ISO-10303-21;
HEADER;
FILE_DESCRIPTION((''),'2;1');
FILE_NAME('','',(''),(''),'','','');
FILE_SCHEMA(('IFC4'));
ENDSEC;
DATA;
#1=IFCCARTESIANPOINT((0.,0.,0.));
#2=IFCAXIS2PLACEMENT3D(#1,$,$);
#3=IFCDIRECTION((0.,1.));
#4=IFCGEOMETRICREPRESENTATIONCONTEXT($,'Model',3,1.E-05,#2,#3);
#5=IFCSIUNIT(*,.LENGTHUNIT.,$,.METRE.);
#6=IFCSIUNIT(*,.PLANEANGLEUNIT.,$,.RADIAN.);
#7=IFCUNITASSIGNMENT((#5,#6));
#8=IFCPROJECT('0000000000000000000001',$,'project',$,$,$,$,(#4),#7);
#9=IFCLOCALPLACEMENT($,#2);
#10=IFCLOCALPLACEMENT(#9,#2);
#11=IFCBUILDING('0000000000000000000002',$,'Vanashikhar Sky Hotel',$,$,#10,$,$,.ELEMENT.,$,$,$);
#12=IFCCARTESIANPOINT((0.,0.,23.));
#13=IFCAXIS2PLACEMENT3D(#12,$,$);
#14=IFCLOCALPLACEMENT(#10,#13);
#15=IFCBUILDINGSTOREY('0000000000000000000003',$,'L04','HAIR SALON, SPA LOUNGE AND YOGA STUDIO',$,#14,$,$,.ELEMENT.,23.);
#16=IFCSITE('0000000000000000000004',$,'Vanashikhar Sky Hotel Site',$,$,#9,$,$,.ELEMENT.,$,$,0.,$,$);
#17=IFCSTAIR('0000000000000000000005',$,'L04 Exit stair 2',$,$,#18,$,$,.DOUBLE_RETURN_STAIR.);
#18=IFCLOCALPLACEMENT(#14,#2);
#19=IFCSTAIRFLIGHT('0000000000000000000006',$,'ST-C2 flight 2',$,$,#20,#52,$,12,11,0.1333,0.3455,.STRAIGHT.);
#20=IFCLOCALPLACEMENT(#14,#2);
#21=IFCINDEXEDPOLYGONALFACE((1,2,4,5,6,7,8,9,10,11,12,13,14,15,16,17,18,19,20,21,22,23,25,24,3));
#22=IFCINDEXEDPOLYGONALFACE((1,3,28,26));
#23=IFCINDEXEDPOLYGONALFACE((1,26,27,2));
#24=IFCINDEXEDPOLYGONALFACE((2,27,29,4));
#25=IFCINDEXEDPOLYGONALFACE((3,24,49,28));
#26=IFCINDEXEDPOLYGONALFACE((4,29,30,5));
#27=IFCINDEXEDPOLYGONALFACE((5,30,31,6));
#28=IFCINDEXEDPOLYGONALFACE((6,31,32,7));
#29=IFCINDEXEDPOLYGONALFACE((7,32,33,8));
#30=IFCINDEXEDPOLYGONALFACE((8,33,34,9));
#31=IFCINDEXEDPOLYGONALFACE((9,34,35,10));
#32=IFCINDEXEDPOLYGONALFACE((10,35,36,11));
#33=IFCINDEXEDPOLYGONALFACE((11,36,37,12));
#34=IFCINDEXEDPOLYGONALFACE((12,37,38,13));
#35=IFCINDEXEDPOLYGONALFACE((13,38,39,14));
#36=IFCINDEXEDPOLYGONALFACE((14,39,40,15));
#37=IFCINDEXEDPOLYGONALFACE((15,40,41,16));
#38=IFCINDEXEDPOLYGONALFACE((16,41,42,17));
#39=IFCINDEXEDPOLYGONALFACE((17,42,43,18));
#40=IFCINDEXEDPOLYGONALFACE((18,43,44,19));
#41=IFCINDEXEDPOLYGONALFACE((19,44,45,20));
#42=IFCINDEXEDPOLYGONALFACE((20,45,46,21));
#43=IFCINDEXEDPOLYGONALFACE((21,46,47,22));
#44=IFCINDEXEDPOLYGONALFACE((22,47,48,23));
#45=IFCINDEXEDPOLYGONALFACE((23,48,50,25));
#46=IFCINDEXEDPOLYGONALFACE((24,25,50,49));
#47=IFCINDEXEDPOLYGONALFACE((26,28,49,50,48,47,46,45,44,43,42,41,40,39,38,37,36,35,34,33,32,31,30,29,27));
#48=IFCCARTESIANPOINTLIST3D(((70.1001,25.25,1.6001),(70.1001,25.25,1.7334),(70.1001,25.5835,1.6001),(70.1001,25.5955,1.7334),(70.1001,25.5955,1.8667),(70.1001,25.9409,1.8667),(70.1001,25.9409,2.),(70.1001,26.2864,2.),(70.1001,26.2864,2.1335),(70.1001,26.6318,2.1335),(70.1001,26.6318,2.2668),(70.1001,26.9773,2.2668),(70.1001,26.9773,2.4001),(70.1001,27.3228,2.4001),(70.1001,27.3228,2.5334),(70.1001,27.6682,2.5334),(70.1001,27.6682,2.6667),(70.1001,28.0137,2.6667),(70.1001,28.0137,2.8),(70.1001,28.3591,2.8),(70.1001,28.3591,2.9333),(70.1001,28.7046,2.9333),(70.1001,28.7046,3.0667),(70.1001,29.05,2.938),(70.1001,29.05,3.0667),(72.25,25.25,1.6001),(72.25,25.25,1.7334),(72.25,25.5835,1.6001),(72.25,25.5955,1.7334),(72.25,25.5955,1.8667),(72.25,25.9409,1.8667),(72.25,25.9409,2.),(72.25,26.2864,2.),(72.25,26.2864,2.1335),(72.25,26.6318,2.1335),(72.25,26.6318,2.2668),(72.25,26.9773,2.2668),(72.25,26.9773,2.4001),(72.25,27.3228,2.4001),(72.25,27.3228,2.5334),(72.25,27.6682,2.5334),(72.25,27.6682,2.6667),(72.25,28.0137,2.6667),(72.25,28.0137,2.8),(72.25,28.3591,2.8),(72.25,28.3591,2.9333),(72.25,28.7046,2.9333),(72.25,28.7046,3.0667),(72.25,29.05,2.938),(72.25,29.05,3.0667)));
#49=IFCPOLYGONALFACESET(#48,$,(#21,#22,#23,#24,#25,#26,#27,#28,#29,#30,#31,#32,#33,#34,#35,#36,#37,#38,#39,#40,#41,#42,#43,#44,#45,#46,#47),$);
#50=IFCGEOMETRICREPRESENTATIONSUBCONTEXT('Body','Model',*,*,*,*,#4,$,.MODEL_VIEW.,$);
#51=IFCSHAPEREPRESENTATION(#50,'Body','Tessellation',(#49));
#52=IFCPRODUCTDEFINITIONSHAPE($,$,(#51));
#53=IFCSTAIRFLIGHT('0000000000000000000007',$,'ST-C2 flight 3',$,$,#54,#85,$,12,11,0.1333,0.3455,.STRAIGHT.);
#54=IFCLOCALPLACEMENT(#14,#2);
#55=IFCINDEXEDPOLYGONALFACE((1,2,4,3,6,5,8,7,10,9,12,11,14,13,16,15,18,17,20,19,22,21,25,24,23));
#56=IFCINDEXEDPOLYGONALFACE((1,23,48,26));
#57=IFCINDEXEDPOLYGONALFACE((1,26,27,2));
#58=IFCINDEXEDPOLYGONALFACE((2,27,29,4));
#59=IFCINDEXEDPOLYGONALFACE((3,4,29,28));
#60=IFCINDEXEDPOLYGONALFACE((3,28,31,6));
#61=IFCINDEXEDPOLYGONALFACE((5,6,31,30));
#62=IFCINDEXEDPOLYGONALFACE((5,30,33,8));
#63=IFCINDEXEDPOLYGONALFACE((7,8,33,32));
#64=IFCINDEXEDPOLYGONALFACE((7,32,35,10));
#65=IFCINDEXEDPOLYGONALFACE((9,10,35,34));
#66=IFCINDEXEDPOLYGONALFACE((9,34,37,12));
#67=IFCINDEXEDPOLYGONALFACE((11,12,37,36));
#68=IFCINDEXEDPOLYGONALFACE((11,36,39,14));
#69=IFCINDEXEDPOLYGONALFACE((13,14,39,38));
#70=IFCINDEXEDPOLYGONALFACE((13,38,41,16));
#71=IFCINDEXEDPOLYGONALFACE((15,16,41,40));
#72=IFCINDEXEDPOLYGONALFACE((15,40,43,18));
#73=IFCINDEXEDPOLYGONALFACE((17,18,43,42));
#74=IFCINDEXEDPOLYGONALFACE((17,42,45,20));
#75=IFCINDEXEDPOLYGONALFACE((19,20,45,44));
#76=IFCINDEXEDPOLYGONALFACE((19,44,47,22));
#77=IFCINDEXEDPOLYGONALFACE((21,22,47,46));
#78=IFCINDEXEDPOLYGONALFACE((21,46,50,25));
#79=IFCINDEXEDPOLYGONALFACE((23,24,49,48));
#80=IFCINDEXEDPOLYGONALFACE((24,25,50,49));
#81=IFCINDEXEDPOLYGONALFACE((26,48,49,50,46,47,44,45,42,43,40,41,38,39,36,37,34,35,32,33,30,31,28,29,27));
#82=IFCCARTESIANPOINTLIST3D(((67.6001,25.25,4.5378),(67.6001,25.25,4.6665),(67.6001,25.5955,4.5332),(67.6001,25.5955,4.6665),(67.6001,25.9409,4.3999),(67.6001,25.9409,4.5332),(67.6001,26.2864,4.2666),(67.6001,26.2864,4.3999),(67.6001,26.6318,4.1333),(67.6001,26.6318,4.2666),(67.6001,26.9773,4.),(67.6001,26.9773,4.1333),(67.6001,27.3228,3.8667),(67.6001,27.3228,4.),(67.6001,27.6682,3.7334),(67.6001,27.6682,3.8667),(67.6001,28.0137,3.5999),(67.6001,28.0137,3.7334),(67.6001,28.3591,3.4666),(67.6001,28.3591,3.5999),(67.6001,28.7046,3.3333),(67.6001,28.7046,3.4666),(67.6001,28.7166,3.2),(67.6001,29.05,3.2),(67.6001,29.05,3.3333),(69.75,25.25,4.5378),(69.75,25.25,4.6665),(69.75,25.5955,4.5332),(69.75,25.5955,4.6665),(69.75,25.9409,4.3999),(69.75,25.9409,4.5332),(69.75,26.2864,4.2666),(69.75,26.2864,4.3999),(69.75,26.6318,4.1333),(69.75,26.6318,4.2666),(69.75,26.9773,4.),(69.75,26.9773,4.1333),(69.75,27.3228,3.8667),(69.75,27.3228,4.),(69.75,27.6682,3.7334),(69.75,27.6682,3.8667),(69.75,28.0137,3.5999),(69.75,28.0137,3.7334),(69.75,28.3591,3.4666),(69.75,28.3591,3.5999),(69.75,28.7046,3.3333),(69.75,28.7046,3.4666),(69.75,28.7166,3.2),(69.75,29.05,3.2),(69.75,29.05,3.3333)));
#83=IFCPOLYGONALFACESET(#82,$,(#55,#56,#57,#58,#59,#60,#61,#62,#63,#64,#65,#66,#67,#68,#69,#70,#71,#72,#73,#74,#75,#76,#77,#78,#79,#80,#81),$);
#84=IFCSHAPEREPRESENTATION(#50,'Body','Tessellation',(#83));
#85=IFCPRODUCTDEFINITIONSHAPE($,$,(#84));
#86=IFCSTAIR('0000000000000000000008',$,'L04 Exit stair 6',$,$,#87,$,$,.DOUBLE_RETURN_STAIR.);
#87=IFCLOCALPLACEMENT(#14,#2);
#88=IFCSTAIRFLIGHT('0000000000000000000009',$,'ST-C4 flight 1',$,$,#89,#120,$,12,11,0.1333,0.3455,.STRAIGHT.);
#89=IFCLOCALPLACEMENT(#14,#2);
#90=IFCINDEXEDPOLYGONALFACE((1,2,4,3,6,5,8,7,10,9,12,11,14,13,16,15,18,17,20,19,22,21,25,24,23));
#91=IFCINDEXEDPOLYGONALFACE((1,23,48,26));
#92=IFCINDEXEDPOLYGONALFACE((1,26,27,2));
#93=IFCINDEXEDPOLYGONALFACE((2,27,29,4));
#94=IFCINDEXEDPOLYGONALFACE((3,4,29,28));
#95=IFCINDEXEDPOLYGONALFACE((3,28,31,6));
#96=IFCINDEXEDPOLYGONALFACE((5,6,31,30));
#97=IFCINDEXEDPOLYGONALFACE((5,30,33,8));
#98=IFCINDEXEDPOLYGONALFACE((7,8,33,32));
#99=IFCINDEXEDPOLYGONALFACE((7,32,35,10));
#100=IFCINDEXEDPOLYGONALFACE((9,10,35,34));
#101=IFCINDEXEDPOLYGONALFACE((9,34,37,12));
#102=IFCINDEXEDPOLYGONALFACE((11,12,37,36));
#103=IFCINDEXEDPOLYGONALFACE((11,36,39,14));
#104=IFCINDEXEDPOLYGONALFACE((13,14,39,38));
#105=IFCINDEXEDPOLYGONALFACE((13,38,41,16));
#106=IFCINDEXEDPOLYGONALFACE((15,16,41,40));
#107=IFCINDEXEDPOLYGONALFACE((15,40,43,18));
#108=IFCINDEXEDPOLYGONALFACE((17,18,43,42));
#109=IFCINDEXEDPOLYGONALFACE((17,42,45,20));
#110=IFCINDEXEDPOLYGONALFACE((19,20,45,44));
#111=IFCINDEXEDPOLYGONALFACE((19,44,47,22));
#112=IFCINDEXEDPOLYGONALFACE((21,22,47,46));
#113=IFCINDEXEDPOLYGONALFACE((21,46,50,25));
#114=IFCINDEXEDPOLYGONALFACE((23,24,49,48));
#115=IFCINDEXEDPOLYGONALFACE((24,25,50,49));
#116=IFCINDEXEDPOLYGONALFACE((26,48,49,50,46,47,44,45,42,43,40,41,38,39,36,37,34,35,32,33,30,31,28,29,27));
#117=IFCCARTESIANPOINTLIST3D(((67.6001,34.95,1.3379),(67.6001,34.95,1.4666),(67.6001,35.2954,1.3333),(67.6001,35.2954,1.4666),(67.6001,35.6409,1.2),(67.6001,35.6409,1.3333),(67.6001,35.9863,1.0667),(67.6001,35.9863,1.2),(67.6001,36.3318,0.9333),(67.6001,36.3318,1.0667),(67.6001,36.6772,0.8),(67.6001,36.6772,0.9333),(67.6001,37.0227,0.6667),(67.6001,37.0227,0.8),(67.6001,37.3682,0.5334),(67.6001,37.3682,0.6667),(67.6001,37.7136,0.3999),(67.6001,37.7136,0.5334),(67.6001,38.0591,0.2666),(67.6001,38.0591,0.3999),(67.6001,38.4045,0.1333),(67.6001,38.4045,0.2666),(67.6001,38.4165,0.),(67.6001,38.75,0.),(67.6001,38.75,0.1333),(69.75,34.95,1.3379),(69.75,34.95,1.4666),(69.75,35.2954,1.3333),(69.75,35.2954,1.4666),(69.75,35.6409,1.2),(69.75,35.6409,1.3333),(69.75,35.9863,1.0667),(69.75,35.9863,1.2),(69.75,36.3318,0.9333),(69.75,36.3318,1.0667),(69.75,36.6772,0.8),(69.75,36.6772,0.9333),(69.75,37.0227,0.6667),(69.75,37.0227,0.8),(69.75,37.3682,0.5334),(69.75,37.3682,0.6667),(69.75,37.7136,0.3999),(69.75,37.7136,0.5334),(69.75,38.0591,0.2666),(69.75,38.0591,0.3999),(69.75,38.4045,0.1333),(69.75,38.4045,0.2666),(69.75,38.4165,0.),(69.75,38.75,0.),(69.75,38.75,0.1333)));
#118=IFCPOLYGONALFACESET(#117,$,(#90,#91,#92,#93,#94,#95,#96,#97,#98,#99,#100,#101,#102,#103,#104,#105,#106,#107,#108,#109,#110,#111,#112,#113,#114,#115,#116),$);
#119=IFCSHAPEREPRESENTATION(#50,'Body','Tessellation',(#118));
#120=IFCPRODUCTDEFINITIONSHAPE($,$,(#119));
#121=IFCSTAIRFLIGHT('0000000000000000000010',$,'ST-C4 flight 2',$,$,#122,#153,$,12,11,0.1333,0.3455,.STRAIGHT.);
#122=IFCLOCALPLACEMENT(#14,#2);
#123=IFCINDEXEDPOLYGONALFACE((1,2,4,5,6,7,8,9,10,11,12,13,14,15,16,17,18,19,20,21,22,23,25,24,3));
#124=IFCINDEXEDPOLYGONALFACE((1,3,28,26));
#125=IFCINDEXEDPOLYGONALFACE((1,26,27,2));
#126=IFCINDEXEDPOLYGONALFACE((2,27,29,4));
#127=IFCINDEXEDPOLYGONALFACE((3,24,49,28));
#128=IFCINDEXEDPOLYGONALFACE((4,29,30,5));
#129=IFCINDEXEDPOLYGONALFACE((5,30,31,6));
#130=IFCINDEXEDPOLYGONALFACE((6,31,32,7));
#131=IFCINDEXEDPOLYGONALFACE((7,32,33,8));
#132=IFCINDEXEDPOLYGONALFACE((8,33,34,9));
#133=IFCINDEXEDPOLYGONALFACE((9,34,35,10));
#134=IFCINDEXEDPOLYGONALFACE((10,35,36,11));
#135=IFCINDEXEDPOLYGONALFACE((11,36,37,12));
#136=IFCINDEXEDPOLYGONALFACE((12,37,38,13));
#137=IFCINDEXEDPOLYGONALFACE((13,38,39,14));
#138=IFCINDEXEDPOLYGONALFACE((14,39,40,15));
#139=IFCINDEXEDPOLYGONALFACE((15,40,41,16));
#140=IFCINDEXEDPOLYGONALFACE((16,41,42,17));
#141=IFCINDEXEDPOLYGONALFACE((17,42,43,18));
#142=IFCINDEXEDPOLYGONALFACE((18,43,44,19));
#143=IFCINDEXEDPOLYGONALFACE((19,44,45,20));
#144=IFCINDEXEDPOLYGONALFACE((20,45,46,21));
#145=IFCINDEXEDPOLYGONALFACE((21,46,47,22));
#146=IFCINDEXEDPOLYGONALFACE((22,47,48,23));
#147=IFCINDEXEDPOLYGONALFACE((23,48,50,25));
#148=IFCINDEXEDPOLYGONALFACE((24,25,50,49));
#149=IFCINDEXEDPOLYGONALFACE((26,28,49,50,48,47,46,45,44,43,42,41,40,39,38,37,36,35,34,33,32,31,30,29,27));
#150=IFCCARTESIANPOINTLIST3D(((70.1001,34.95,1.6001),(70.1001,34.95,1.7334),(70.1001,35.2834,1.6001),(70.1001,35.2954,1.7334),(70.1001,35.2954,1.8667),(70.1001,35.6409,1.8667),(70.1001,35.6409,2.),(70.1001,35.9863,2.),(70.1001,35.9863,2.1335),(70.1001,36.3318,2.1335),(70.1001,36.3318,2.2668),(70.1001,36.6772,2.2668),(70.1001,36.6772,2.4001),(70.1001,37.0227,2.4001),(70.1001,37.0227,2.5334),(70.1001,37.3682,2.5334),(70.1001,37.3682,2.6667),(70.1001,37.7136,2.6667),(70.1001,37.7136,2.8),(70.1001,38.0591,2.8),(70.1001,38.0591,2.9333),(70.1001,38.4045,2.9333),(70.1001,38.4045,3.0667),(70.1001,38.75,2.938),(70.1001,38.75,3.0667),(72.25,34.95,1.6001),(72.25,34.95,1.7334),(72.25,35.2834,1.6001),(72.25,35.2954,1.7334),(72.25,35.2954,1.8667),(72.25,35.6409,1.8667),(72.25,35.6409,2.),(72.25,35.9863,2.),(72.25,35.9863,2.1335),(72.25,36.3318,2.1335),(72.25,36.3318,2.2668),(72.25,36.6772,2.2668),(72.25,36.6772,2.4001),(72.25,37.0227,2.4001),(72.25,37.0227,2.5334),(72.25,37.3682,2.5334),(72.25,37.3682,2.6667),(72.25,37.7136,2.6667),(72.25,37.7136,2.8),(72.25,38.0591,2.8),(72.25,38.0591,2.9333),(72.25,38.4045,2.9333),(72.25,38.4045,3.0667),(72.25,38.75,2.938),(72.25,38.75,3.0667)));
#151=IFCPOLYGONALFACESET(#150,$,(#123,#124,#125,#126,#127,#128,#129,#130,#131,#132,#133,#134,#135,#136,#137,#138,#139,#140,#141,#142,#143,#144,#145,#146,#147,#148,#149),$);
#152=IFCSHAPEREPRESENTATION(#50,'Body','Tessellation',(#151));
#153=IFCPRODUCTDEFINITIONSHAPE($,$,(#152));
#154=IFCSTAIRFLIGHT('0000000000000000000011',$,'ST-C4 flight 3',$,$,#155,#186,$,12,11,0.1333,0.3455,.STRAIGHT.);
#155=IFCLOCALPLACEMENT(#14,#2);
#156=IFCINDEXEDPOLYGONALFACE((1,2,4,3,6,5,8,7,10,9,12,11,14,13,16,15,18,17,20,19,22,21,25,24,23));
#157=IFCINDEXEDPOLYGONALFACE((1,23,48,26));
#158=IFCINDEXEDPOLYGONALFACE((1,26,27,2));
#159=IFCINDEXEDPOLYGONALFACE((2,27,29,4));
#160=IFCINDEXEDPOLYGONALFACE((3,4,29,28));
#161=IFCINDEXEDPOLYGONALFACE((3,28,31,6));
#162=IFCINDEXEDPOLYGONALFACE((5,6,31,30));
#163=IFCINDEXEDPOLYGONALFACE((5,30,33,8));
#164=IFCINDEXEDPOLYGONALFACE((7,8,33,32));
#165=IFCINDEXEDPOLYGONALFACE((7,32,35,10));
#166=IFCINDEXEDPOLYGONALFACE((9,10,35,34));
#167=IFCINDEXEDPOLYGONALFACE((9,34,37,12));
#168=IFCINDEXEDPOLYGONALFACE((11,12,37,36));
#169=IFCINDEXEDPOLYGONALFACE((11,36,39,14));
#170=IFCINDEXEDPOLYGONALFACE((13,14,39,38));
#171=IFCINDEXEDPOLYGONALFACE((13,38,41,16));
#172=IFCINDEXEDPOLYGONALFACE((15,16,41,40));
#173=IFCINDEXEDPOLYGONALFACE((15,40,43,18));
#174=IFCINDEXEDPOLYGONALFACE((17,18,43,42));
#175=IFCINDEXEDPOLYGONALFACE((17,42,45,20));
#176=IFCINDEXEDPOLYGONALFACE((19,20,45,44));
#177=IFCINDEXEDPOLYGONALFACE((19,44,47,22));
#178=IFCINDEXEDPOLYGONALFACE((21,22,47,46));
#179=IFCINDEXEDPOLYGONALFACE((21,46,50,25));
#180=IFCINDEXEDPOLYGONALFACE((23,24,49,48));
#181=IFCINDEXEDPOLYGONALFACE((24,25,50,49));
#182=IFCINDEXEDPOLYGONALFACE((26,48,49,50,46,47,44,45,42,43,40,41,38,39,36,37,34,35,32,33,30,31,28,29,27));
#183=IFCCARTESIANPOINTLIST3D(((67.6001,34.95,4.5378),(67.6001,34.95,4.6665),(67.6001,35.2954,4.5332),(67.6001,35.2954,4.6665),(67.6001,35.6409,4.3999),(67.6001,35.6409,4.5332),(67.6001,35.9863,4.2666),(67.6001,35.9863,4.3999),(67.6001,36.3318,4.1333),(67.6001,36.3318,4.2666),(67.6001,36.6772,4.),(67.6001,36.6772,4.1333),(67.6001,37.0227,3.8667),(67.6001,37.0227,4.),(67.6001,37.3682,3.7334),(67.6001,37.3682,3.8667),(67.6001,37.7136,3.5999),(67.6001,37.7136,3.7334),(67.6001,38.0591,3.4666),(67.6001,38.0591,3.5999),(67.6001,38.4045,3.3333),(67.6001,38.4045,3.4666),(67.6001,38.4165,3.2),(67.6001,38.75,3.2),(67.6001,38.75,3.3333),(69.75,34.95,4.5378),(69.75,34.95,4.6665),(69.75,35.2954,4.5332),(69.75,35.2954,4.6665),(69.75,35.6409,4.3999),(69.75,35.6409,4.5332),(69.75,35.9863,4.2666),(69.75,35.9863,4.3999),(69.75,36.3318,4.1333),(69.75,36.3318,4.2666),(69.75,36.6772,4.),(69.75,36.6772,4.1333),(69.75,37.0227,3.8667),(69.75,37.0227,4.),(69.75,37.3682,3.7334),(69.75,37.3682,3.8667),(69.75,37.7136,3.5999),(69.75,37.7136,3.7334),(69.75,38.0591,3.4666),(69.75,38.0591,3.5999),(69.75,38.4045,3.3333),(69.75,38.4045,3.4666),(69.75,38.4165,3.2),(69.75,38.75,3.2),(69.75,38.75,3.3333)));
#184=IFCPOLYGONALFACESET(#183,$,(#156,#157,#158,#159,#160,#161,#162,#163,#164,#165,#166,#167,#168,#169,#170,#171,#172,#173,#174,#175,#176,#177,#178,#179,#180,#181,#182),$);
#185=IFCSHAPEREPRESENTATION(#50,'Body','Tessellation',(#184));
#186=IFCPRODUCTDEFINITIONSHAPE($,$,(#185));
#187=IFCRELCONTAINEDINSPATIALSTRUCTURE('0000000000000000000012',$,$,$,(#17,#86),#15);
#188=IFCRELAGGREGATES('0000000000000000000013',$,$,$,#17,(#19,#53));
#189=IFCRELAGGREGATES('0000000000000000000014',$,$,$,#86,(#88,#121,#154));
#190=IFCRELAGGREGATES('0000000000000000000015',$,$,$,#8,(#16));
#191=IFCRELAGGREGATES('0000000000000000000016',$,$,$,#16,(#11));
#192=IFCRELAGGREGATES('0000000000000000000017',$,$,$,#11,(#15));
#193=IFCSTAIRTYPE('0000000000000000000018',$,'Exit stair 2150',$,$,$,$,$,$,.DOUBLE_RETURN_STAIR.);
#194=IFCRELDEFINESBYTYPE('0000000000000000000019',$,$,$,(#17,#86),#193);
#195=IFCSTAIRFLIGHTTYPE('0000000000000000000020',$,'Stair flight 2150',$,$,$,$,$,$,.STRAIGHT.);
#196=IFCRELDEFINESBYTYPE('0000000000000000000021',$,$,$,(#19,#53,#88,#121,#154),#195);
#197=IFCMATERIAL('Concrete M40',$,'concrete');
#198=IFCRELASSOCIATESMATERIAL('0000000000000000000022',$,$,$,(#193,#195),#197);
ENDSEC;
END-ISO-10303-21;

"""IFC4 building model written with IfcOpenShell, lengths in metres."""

from ifc_helpers import new_model, si_unit, direction, frame, origin, place, context, subcontext, project, spatial, polyline, outline, extrude, source, transform, mapped, material, type_object, element, aggregate, save


model = new_model("IFC4")

# Units and contexts
model_context = context("Model", 3, precision=1e-05, world=origin(), true_north=direction((0.0, 1.0)))
body_context = subcontext(model_context, "Body", "Model", "MODEL_VIEW")
ifc_project = project(units=[si_unit("LENGTHUNIT", "METRE"), si_unit("PLANEANGLEUNIT", "RADIAN")], contexts=[model_context])

# Site, building, storey
site_placement = place(None, origin())
site = spatial("IfcSite", under=ifc_project, at=site_placement, Name="Vanashikhar Sky Hotel Site", CompositionType="ELEMENT", RefElevation=0.0)
building_placement = place(site_placement, origin())
building = spatial("IfcBuilding", under=site, at=building_placement, Name="Vanashikhar Sky Hotel", CompositionType="ELEMENT")
storey_placement = place(building_placement, frame((0.0, 0.0, 23.0)))
storey = spatial("IfcBuildingStorey", under=building, at=storey_placement, Name="L04", Description="HAIR SALON, SPA LOUNGE AND YOGA STUDIO", CompositionType="ELEMENT", Elevation=23.0)

# Stairs, stair flights
ifc_material_1 = material(Name="Concrete M40", Category="concrete")
stair_type = type_object("IfcStairType", Name="Exit stair 2150", PredefinedType="DOUBLE_RETURN_STAIR", material=ifc_material_1)
stair_1_placement = place(storey_placement, origin())
stair_1 = element("IfcStair", 1, at=stair_1_placement, inside=storey, type_object=stair_type, Name="L04 Exit stair 2", PredefinedType="DOUBLE_RETURN_STAIR")
stair_flight_type = type_object("IfcStairFlightType", Name="Stair flight 2150", PredefinedType="STRAIGHT", material=ifc_material_1)
shared_shape_1 = source(origin(), body_context, "Body", "SweptSolid", [
    extrude(outline(polyline([(0.0, 0.0), (0.0, 0.1333), (0.3455, 0.1333), (0.3455, 0.2666), (0.6909, 0.2666), (0.6909, 0.3999), (1.0364, 0.3999), (1.0364, 0.5334), (1.3818, 0.5334), (1.3818, 0.6667), (1.7273, 0.6667), (1.7273, 0.8), (2.0728, 0.8), (2.0728, 0.9333), (2.4182, 0.9333), (2.4182, 1.0667), (2.7637, 1.0667), (2.7637, 1.2), (3.1091, 1.2), (3.1091, 1.3333), (3.4546, 1.3333), (3.4546, 1.4666), (3.8, 1.4666), (3.8, 1.6001), (3.8, 1.3379), (0.3335, 0.0), (0.0, 0.0)])), frame((0.0, 1.075, 0.0), z_axis=(0.0, -1.0, 0.0), x_axis=(1.0, 0.0, 0.0)), (0.0, 0.0, 1.0), 2.1499),
])
stair_flight_1_placement = place(storey_placement, frame((71.175, 25.25, 1.6001), z_axis=(0.0, 0.0, 1.0), x_axis=(0.0, 1.0, 0.0)))
stair_flight_1 = element("IfcStairFlight", 2, at=stair_flight_1_placement, type_object=stair_flight_type, Name="ST-C2 flight 2", NumberOfRisers=12, NumberOfTreads=11, PredefinedType="STRAIGHT", RiserHeight=0.1333, TreadLength=0.3455, context=body_context, shape_type="MappedRepresentation", body=[
    mapped(shared_shape_1, transform((0.0, 0.0, 0.0), scale=1.0)),
])
stair_flight_2_placement = place(storey_placement, frame((68.675, 29.05, 3.2), z_axis=(0.0, 0.0, 1.0), x_axis=(0.0, -1.0, 0.0)))
stair_flight_2 = element("IfcStairFlight", 3, at=stair_flight_2_placement, type_object=stair_flight_type, Name="ST-C2 flight 3", NumberOfRisers=12, NumberOfTreads=11, PredefinedType="STRAIGHT", RiserHeight=0.1333, TreadLength=0.3455, context=body_context, shape_type="MappedRepresentation", body=[
    mapped(shared_shape_1, transform((0.0, 0.0, 0.0), scale=1.0)),
])
aggregate(stair_1, [stair_flight_1, stair_flight_2])
stair_2_placement = place(storey_placement, origin())
stair_2 = element("IfcStair", 4, at=stair_2_placement, inside=storey, type_object=stair_type, Name="L04 Exit stair 6", PredefinedType="DOUBLE_RETURN_STAIR")
stair_flight_3_placement = place(storey_placement, frame((68.675, 38.75, 0.0), z_axis=(0.0, 0.0, 1.0), x_axis=(0.0, -1.0, 0.0)))
stair_flight_3 = element("IfcStairFlight", 5, at=stair_flight_3_placement, type_object=stair_flight_type, Name="ST-C4 flight 1", NumberOfRisers=12, NumberOfTreads=11, PredefinedType="STRAIGHT", RiserHeight=0.1333, TreadLength=0.3455, context=body_context, shape_type="MappedRepresentation", body=[
    mapped(shared_shape_1, transform((0.0, 0.0, 0.0), scale=1.0)),
])
stair_flight_4_placement = place(storey_placement, frame((71.175, 34.95, 1.6001), z_axis=(0.0, 0.0, 1.0), x_axis=(0.0, 1.0, 0.0)))
stair_flight_4 = element("IfcStairFlight", 6, at=stair_flight_4_placement, type_object=stair_flight_type, Name="ST-C4 flight 2", NumberOfRisers=12, NumberOfTreads=11, PredefinedType="STRAIGHT", RiserHeight=0.1333, TreadLength=0.3455, context=body_context, shape_type="MappedRepresentation", body=[
    mapped(shared_shape_1, transform((0.0, 0.0, 0.0), scale=1.0)),
])
stair_flight_5_placement = place(storey_placement, frame((68.675, 38.75, 3.2), z_axis=(0.0, 0.0, 1.0), x_axis=(0.0, -1.0, 0.0)))
stair_flight_5 = element("IfcStairFlight", 7, at=stair_flight_5_placement, type_object=stair_flight_type, Name="ST-C4 flight 3", NumberOfRisers=12, NumberOfTreads=11, PredefinedType="STRAIGHT", RiserHeight=0.1333, TreadLength=0.3455, context=body_context, shape_type="MappedRepresentation", body=[
    mapped(shared_shape_1, transform((0.0, 0.0, 0.0), scale=1.0)),
])
aggregate(stair_2, [stair_flight_3, stair_flight_4, stair_flight_5])

save(model, "model.ifc")
